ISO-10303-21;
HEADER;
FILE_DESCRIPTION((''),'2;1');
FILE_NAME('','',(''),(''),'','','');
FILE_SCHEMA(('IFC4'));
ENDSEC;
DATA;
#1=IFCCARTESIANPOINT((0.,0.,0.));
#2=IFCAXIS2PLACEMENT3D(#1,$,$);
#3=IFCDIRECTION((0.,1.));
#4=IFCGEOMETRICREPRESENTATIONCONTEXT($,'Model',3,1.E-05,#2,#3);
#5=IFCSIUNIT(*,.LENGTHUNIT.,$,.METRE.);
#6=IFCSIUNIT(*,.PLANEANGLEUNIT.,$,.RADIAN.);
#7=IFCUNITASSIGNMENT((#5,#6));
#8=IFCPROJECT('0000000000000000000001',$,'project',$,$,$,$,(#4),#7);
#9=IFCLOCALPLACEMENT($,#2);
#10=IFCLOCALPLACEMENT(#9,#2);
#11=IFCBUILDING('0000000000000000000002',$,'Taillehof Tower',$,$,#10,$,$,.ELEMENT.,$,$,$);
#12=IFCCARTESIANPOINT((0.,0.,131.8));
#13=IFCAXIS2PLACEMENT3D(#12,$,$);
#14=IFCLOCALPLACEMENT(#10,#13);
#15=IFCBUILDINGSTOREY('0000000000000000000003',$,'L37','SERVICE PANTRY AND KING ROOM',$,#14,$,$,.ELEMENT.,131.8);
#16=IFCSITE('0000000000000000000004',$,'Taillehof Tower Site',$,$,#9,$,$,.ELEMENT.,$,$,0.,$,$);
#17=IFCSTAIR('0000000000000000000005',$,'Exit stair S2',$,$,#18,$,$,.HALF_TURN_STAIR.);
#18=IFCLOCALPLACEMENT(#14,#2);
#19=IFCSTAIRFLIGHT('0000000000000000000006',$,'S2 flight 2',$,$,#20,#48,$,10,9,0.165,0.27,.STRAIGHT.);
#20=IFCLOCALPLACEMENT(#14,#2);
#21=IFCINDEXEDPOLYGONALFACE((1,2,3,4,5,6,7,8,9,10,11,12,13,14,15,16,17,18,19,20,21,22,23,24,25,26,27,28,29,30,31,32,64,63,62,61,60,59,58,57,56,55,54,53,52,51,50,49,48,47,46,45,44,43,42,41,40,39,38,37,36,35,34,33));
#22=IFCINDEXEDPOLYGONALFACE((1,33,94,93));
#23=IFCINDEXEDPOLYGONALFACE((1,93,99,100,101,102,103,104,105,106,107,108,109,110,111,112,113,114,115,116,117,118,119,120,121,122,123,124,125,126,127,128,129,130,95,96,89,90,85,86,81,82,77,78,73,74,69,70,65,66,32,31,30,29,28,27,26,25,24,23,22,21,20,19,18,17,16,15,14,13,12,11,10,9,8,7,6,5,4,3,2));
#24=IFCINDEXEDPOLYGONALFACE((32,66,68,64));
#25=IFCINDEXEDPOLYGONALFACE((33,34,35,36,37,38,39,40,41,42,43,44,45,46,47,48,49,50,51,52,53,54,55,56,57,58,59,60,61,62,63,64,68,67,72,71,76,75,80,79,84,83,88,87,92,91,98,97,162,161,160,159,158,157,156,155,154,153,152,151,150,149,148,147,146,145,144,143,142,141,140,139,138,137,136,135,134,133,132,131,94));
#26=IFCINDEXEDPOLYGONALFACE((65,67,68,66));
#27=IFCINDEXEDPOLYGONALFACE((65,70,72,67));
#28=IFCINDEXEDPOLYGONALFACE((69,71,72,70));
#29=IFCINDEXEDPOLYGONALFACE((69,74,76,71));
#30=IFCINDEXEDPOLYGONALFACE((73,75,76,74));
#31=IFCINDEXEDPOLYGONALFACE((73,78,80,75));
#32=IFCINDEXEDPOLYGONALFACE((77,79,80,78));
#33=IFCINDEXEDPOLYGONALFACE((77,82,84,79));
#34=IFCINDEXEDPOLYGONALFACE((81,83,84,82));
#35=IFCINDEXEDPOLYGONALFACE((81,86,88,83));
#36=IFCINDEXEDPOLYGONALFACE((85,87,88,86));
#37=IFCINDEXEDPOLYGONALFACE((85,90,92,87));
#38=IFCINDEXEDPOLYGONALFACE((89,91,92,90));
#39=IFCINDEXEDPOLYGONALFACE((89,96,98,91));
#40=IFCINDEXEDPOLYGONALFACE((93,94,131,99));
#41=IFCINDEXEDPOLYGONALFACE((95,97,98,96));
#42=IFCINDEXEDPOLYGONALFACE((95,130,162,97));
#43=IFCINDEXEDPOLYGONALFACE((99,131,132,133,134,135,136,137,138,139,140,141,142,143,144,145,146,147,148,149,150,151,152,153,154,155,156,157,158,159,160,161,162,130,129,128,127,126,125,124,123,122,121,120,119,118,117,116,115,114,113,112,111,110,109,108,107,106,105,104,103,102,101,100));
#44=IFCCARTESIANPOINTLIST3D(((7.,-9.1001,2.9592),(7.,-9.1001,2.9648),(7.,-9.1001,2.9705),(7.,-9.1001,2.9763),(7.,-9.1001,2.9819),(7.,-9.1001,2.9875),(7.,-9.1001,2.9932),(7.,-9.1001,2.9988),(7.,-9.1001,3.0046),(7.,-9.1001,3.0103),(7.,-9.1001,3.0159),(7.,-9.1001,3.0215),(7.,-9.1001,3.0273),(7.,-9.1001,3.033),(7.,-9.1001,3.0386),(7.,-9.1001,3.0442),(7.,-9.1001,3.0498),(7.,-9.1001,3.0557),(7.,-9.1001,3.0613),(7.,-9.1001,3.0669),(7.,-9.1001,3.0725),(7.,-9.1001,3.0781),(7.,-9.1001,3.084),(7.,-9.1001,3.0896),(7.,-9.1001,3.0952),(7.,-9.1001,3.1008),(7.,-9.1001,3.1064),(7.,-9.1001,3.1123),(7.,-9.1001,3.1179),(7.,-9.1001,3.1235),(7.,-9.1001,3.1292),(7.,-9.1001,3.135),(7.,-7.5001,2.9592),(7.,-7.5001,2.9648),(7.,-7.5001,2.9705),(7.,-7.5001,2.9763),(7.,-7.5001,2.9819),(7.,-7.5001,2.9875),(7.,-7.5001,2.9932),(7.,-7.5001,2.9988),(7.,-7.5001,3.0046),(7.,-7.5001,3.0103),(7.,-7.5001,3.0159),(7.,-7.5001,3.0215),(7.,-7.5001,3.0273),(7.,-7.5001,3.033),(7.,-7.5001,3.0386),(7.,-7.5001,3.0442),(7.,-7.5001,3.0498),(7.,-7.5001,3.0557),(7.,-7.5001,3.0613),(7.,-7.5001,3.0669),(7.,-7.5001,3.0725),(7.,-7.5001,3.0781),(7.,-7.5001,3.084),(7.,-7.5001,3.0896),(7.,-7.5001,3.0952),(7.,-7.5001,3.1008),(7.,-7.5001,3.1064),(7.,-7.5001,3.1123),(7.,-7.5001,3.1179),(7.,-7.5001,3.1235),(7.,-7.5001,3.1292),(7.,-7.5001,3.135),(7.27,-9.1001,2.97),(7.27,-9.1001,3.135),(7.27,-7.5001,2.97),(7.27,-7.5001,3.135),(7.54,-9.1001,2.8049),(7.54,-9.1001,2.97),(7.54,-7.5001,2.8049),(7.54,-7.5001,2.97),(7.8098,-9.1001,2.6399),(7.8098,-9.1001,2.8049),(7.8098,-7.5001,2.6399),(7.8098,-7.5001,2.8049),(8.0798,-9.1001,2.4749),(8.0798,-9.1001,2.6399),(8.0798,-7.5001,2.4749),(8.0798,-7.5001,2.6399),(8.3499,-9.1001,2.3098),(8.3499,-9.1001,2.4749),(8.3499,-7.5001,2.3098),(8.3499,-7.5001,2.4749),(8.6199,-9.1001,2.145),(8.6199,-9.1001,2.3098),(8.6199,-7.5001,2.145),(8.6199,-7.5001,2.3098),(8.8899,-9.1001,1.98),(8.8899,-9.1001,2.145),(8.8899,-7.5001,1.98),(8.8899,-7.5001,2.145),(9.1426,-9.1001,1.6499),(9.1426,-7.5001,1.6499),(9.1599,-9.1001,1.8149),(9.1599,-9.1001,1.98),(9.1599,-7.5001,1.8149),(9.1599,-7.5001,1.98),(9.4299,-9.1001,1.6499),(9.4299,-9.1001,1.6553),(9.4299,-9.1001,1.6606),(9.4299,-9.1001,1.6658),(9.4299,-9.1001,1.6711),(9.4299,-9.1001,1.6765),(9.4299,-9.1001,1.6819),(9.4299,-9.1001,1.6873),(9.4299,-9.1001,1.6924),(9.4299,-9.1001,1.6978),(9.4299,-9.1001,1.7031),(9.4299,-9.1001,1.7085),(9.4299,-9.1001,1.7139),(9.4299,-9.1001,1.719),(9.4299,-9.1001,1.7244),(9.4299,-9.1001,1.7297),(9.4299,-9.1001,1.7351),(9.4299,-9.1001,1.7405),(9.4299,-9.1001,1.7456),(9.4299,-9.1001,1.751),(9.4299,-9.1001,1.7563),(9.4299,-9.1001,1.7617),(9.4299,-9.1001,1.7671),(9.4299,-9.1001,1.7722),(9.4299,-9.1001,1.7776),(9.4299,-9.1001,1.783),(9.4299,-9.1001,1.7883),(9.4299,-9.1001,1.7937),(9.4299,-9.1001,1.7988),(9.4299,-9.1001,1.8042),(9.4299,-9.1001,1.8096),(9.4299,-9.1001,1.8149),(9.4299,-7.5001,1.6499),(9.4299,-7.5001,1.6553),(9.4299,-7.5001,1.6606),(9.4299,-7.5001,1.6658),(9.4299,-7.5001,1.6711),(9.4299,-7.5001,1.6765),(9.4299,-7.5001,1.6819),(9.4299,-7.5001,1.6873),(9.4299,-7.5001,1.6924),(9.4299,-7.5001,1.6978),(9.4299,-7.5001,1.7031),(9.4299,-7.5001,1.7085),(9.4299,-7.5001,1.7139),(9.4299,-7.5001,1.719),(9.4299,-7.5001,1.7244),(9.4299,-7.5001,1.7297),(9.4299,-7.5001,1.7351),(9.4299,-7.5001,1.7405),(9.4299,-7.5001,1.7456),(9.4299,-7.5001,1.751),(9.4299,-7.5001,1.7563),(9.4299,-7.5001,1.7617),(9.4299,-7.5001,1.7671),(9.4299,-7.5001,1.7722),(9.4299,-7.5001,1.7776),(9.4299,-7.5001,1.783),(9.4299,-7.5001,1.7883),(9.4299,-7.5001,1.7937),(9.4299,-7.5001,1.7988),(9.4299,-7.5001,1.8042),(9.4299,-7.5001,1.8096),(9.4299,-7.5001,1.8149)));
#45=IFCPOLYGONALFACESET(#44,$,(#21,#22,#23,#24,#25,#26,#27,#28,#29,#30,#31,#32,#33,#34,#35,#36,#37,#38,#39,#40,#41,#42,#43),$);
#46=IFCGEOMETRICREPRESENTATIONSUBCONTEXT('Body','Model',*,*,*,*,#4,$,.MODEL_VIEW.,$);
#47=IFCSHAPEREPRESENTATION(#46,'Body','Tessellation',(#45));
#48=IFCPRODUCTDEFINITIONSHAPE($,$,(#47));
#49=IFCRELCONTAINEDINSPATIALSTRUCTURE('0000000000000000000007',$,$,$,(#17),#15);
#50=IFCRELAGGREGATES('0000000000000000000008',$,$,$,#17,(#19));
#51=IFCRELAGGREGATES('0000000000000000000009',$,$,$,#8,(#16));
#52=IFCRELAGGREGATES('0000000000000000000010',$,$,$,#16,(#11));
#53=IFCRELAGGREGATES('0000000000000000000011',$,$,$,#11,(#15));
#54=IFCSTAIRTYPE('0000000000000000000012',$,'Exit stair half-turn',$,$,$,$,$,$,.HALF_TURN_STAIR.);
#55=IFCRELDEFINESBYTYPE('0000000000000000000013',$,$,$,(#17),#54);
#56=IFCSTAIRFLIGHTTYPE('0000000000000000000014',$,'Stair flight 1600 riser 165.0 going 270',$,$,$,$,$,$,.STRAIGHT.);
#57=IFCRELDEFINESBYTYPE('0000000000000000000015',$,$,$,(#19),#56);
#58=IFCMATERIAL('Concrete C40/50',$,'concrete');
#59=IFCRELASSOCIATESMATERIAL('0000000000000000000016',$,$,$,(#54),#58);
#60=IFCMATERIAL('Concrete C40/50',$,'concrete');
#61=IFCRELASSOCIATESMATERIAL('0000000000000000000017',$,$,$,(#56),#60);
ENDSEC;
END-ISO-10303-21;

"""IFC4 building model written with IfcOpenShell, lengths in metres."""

from ifc_helpers import new_model, si_unit, direction, frame, origin, place, context, subcontext, project, spatial, polyline, outline, extrude, material, type_object, element, aggregate, save


model = new_model("IFC4")

# Units and contexts
model_context = context("Model", 3, precision=1e-05, world=origin(), true_north=direction((0.0, 1.0)))
body_context = subcontext(model_context, "Body", "Model", "MODEL_VIEW")
ifc_project = project(units=[si_unit("LENGTHUNIT", "METRE"), si_unit("PLANEANGLEUNIT", "RADIAN")], contexts=[model_context])

# Site, building, storey
site_placement = place(None, origin())
site = spatial("IfcSite", under=ifc_project, at=site_placement, Name="Taillehof Tower Site", CompositionType="ELEMENT", RefElevation=0.0)
building_placement = place(site_placement, origin())
building = spatial("IfcBuilding", under=site, at=building_placement, Name="Taillehof Tower", CompositionType="ELEMENT")
storey_placement = place(building_placement, frame((0.0, 0.0, 131.8)))
storey = spatial("IfcBuildingStorey", under=building, at=storey_placement, Name="L37", Description="SERVICE PANTRY AND KING ROOM", CompositionType="ELEMENT", Elevation=131.8)

# Stair, stair flight
ifc_material_1 = material(Name="Concrete C40/50", Category="concrete")
stair_type = type_object("IfcStairType", Name="Exit stair half-turn", PredefinedType="HALF_TURN_STAIR", material=ifc_material_1)
stair_placement = place(storey_placement, origin())
stair = element("IfcStair", 1, at=stair_placement, inside=storey, type_object=stair_type, Name="Exit stair S2", PredefinedType="HALF_TURN_STAIR")
ifc_material_2 = material(Name="Concrete C40/50", Category="concrete")
stair_flight_type = type_object("IfcStairFlightType", Name="Stair flight 1600 riser 165.0 going 270", PredefinedType="STRAIGHT", material=ifc_material_2)
stair_flight_1_placement = place(storey_placement, frame((9.4299, -8.3, 1.6499), z_axis=(0.0, 0.0, 1.0), x_axis=(-1.0, 0.0, 0.0)))
stair_flight_1 = element("IfcStairFlight", 2, at=stair_flight_1_placement, type_object=stair_flight_type, Name="S2 flight 2", NumberOfRisers=10, NumberOfTreads=9, PredefinedType="STRAIGHT", RiserHeight=0.165, TreadLength=0.27, context=body_context, shape_type="SweptSolid", body=[
    extrude(outline(polyline([(0.0, 0.0), (0.0, 0.0054), (0.0, 0.0107), (0.0, 0.0159), (0.0, 0.0212), (0.0, 0.0266), (0.0, 0.032), (0.0, 0.0374), (0.0, 0.0425), (0.0, 0.0479), (0.0, 0.0532), (0.0, 0.0586), (0.0, 0.064), (0.0, 0.0691), (0.0, 0.0745), (0.0, 0.0798), (0.0, 0.0852), (0.0, 0.0906), (0.0, 0.0957), (0.0, 0.1011), (0.0, 0.1064), (0.0, 0.1118), (0.0, 0.1172), (0.0, 0.1223), (0.0, 0.1277), (0.0, 0.1331), (0.0, 0.1384), (0.0, 0.1438), (0.0, 0.1489), (0.0, 0.1543), (0.0, 0.1597), (0.0, 0.165), (0.27, 0.165), (0.27, 0.3301), (0.54, 0.3301), (0.54, 0.4951), (0.8101, 0.4951), (0.8101, 0.6599), (1.0801, 0.6599), (1.0801, 0.825), (1.3501, 0.825), (1.3501, 0.99), (1.6201, 0.99), (1.6201, 1.155), (1.8899, 1.155), (1.8899, 1.3201), (2.1599, 1.3201), (2.1599, 1.4851), (2.4299, 1.4851), (2.4299, 1.4792), (2.4299, 1.4736), (2.4299, 1.468), (2.4299, 1.4624), (2.4299, 1.4565), (2.4299, 1.4509), (2.4299, 1.4453), (2.4299, 1.4397), (2.4299, 1.4341), (2.4299, 1.4282), (2.4299, 1.4226), (2.4299, 1.417), (2.4299, 1.4114), (2.4299, 1.4058), (2.4299, 1.3999), (2.4299, 1.3943), (2.4299, 1.3887), (2.4299, 1.3831), (2.4299, 1.3774), (2.4299, 1.3716), (2.4299, 1.366), (2.4299, 1.3604), (2.4299, 1.3547), (2.4299, 1.3489), (2.4299, 1.3433), (2.4299, 1.3376), (2.4299, 1.332), (2.4299, 1.3264), (2.4299, 1.3206), (2.4299, 1.3149), (2.4299, 1.3093), (0.2874, 0.0), (0.0, 0.0)])), frame((0.0, 0.8, 0.0), z_axis=(0.0, -1.0, 0.0), x_axis=(1.0, 0.0, 0.0)), (0.0, 0.0, 1.0), 1.6),
])
aggregate(stair, [stair_flight_1])

save(model, "model.ifc")
